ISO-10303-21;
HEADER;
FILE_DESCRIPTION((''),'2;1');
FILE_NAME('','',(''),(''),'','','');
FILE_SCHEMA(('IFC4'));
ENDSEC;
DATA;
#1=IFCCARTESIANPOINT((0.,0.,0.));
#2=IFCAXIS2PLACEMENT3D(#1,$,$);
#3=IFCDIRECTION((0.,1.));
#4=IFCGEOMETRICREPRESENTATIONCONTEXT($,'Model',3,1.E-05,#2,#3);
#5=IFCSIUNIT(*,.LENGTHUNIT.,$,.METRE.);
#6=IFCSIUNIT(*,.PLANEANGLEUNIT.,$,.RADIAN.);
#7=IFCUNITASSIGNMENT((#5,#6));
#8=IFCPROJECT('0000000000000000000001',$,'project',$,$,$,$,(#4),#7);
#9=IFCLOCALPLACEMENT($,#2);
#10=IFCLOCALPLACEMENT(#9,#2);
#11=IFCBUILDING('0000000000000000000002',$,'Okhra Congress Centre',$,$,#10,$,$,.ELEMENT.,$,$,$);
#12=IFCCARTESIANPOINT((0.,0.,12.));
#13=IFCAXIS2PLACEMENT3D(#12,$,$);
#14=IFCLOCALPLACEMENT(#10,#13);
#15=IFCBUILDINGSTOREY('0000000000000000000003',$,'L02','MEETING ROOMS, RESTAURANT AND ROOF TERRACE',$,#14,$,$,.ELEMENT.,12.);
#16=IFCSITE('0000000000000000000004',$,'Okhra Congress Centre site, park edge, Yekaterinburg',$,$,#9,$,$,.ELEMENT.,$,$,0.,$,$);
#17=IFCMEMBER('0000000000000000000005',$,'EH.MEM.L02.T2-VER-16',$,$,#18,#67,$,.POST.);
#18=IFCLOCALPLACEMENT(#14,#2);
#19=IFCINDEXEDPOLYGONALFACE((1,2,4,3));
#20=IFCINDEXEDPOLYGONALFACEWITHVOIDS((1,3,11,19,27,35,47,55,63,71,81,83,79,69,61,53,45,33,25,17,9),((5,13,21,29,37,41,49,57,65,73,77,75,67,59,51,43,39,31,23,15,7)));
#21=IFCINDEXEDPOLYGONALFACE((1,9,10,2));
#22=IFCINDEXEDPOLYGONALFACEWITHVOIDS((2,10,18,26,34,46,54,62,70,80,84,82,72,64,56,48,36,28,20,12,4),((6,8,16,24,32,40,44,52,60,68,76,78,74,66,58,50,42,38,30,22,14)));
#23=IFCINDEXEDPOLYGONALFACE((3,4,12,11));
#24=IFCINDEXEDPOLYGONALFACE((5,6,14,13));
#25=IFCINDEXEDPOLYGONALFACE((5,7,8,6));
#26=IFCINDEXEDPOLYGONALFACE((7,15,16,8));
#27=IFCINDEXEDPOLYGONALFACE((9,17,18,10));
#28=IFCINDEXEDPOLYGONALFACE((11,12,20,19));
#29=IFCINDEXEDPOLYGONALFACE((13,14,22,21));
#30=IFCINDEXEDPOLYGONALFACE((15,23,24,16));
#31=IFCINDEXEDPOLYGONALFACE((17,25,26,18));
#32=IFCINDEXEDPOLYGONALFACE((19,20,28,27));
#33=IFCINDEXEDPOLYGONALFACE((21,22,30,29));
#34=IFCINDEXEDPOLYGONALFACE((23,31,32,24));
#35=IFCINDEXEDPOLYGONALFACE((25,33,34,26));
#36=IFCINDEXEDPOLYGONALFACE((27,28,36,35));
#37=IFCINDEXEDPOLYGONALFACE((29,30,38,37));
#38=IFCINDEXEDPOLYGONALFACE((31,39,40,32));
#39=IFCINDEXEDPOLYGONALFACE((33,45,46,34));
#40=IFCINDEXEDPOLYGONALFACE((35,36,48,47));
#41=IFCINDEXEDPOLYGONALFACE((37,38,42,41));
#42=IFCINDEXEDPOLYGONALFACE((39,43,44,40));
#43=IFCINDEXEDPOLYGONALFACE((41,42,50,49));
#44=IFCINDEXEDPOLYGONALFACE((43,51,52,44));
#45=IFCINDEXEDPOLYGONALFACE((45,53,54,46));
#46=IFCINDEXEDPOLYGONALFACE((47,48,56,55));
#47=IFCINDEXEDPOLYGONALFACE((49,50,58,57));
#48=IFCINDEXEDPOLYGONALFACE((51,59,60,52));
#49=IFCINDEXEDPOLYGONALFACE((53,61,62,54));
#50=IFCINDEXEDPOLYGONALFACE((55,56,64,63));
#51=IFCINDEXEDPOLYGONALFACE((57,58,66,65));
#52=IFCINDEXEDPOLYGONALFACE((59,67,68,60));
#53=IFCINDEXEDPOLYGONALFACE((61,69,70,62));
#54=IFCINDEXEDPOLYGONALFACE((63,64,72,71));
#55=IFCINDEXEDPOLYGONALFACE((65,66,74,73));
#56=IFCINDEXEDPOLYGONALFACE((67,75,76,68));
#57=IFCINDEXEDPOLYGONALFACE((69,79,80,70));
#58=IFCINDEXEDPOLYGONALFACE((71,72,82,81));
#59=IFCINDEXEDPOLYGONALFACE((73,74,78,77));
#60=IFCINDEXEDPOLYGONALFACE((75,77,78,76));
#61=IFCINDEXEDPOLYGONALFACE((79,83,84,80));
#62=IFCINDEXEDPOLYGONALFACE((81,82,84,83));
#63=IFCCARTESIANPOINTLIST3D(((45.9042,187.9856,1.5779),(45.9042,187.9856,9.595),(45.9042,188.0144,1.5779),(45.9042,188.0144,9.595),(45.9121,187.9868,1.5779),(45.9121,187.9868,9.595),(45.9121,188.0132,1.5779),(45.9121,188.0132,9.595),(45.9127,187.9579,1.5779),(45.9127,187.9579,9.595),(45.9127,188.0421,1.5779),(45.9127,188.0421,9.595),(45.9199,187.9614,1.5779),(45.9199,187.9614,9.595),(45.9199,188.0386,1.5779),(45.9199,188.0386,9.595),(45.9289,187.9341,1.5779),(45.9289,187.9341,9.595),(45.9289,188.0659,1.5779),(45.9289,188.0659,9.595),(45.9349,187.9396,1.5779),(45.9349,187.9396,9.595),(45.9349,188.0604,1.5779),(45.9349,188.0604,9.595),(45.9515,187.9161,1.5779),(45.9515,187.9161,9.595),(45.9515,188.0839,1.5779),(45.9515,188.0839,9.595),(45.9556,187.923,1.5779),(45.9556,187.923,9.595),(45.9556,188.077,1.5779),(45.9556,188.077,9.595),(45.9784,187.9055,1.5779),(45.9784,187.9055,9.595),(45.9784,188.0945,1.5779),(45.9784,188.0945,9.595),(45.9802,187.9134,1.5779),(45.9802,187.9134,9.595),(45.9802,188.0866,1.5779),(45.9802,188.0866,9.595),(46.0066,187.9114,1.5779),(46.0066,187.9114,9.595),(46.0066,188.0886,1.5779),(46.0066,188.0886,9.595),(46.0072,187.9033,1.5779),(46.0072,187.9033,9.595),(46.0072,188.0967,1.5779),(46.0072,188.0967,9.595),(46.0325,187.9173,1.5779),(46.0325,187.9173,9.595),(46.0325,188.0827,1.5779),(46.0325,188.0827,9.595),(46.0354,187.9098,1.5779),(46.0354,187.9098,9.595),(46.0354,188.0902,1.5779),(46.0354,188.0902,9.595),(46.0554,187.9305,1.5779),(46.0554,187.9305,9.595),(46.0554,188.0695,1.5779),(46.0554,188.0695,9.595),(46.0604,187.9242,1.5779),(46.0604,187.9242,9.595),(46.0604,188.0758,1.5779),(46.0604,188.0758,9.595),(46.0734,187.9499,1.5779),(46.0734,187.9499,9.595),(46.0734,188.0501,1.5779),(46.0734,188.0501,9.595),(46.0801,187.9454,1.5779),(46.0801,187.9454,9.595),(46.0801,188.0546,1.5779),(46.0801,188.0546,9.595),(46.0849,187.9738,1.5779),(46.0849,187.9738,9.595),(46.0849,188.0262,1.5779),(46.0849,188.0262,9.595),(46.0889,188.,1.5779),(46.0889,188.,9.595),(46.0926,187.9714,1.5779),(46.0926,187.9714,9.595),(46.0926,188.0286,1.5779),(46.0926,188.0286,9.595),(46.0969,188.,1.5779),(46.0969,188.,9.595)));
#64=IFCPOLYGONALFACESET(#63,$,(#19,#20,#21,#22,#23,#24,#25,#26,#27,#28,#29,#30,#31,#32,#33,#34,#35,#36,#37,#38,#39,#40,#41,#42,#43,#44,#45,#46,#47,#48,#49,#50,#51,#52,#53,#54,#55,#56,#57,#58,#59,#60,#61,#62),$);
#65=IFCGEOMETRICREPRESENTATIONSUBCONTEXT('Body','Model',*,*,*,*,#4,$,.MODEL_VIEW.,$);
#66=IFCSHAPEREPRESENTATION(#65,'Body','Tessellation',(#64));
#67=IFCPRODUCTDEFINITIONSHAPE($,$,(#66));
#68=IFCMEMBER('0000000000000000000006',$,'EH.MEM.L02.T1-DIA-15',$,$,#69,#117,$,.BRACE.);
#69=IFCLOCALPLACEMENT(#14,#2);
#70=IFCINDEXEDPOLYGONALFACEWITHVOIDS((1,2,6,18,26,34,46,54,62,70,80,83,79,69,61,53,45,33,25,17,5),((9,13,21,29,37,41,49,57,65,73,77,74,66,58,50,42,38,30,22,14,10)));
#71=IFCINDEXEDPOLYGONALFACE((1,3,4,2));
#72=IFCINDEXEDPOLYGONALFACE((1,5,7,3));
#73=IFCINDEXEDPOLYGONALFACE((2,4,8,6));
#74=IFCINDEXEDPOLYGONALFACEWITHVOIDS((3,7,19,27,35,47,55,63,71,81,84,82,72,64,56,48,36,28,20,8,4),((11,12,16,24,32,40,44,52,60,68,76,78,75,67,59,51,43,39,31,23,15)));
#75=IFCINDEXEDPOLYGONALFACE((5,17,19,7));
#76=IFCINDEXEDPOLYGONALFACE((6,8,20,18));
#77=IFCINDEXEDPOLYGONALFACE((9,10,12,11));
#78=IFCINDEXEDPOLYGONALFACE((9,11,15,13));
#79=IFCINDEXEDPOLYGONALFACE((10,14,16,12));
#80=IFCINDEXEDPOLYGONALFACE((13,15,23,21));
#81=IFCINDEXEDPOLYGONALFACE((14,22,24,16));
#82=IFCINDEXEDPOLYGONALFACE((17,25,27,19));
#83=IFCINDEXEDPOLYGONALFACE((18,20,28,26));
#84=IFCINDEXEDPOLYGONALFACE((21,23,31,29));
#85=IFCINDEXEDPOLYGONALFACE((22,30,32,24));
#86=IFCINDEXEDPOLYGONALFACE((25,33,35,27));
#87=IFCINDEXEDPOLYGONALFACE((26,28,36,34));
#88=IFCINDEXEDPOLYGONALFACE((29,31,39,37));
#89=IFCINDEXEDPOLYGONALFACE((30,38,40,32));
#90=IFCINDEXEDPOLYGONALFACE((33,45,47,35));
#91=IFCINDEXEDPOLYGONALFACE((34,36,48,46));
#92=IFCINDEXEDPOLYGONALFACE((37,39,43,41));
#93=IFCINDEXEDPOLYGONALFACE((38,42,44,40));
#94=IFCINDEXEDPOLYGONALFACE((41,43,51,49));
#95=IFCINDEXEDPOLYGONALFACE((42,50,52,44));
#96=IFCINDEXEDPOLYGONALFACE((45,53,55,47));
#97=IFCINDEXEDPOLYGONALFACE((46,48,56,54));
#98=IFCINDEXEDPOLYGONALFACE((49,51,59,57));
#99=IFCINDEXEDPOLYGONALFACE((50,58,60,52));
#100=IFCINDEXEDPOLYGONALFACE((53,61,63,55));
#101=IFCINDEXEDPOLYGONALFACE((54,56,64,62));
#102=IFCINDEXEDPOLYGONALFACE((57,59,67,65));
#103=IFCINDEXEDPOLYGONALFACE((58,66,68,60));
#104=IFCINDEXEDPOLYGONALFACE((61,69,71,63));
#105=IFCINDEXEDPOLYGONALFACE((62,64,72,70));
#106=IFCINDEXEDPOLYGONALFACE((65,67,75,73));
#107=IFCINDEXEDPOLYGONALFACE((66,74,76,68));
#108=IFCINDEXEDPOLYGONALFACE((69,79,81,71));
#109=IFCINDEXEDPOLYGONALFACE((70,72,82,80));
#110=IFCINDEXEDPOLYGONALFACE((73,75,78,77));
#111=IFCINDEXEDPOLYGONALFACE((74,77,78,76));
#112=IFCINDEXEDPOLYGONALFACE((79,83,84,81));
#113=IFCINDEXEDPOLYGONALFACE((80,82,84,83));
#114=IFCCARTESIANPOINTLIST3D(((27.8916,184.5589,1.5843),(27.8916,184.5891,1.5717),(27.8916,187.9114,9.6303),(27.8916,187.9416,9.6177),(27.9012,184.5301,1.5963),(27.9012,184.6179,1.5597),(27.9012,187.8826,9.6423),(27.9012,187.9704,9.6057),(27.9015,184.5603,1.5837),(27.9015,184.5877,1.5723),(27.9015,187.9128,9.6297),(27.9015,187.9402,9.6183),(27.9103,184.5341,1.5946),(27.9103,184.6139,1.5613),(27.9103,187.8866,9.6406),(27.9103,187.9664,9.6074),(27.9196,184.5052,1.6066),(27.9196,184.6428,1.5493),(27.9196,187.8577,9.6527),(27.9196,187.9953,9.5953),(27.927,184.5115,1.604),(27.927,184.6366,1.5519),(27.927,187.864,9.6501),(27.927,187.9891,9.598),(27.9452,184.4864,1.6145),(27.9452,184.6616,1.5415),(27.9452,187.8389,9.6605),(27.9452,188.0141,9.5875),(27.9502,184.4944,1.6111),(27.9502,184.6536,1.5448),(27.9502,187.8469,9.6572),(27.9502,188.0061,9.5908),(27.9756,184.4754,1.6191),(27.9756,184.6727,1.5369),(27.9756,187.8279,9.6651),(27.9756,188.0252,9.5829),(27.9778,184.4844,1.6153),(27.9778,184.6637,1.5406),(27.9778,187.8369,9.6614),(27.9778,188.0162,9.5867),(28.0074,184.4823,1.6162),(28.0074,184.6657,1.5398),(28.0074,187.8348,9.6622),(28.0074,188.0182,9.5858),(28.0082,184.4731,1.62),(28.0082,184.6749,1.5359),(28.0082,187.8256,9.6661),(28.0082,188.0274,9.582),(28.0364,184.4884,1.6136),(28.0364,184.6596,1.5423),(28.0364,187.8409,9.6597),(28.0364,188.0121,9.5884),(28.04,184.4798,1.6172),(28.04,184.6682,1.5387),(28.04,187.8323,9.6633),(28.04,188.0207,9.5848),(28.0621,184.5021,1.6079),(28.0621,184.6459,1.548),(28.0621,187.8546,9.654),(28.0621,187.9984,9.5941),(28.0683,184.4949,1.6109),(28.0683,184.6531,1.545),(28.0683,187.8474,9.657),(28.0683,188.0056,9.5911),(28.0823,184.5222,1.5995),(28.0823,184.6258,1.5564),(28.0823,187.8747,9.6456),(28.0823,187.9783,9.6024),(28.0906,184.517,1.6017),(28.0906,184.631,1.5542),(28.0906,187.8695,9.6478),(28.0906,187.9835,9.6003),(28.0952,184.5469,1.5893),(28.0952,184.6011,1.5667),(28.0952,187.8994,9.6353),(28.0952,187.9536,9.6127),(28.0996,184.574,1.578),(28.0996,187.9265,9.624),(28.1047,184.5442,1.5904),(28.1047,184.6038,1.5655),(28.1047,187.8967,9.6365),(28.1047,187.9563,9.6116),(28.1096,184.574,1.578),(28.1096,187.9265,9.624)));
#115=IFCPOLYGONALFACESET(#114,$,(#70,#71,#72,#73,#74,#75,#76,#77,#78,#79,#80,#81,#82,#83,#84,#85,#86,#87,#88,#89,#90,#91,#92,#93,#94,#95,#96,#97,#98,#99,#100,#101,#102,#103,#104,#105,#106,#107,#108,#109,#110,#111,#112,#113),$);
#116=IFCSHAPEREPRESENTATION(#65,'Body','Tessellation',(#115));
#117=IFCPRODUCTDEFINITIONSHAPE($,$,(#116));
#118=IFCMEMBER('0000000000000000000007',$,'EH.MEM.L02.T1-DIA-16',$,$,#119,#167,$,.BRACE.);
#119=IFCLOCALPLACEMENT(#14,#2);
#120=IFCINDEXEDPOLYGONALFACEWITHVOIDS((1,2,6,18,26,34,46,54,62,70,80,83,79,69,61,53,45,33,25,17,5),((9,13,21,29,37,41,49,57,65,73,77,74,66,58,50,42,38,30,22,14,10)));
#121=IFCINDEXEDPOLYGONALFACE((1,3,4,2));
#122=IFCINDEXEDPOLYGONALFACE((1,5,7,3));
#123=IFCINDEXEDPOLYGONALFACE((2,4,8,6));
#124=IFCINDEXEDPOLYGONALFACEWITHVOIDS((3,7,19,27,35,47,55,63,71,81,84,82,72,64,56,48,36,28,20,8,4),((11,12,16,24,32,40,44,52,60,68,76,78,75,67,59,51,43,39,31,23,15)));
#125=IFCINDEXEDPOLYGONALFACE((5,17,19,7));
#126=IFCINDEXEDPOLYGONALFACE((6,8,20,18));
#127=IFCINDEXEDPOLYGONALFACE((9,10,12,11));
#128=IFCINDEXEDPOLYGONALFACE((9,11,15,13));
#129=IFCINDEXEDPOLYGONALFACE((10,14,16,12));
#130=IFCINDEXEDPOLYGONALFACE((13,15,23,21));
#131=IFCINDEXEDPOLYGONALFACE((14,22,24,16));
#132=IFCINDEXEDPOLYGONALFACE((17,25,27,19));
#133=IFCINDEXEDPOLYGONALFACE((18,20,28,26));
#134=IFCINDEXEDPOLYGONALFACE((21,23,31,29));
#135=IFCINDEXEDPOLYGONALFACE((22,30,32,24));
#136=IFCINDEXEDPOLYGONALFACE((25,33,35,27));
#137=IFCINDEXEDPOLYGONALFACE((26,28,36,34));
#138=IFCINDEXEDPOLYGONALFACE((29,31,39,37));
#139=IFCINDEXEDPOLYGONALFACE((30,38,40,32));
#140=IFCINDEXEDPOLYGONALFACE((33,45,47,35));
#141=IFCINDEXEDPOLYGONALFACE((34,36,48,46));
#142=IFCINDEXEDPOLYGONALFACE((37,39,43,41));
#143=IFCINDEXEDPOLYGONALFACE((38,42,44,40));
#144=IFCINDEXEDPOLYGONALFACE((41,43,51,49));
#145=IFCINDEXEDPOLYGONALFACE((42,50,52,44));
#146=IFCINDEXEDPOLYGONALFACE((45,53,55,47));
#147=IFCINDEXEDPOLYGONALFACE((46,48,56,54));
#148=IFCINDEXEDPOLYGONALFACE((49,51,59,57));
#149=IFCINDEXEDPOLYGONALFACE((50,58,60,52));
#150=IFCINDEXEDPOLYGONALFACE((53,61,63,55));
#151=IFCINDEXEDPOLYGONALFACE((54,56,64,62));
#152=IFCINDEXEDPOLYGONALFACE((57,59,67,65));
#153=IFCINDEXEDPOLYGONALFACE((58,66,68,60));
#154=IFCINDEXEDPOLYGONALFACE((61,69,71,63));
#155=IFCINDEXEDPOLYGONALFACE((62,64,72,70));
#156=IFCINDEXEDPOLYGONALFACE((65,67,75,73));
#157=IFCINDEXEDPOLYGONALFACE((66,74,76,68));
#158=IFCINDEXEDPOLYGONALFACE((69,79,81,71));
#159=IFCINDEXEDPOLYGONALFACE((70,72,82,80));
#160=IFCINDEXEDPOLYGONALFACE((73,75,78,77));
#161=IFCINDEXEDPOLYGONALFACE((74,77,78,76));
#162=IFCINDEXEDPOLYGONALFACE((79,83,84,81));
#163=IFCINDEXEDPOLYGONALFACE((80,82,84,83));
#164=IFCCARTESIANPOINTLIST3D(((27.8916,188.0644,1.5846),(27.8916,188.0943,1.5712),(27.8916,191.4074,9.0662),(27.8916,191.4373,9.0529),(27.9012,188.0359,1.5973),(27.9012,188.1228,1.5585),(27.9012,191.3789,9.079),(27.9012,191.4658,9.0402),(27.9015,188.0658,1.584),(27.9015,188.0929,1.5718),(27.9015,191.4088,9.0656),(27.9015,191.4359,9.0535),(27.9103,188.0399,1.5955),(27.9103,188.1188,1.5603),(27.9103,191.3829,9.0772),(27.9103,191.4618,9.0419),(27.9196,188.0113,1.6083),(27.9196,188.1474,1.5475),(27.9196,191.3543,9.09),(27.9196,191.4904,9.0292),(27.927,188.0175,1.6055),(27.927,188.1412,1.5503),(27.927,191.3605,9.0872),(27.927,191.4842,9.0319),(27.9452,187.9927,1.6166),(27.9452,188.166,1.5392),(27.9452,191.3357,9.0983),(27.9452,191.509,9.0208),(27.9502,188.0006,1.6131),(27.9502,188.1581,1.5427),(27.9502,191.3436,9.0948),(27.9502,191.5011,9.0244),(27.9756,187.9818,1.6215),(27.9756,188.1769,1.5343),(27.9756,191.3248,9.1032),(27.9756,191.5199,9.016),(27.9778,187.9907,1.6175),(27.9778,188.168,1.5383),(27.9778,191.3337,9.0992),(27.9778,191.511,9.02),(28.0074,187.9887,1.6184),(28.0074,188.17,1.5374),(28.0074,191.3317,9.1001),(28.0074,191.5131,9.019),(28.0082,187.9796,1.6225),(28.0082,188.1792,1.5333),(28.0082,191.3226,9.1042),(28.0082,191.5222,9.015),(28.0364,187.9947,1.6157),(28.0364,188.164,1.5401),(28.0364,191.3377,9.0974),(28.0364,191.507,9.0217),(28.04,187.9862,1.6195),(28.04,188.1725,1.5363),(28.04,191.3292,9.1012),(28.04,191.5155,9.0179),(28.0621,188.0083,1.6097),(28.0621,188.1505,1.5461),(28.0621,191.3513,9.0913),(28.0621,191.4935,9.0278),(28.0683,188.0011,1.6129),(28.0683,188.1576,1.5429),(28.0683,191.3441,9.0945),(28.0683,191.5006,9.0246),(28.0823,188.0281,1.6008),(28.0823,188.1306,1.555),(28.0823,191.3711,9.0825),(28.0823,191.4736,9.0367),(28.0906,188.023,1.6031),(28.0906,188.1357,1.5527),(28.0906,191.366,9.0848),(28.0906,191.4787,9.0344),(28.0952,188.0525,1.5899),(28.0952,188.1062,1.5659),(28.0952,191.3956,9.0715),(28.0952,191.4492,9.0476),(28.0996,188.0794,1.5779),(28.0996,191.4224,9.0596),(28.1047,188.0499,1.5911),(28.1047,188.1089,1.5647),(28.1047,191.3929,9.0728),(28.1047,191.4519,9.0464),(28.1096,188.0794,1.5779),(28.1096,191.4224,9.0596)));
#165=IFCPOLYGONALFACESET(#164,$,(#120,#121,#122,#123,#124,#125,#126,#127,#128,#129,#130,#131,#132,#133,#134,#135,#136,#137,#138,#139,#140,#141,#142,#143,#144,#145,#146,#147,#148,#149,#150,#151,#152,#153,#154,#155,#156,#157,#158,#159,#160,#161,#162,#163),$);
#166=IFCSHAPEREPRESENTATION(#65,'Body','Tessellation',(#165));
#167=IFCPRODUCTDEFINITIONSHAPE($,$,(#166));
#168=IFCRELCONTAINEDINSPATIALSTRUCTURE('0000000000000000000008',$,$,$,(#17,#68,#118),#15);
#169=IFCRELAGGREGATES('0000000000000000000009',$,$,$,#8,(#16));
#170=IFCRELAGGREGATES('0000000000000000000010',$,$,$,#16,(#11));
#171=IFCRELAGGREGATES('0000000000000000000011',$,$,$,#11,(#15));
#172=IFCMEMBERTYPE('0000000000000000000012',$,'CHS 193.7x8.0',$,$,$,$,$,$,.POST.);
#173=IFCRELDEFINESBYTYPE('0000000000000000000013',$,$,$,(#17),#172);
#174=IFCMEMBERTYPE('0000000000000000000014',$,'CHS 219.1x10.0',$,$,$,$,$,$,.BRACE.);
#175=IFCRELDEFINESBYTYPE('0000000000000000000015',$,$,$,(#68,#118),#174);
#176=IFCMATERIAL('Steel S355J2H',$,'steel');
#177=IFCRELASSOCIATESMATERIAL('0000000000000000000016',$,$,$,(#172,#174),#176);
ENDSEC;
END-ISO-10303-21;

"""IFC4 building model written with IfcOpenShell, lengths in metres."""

from ifc_helpers import new_model, si_unit, direction, frame, origin, origin_2d, place, context, subcontext, project, spatial, hollow_circle, extrude, material, material_profile, profile_set, type_object, element, save


model = new_model("IFC4")

# Units and contexts
model_context = context("Model", 3, precision=1e-05, world=origin(), true_north=direction((0.0, 1.0)))
body_context = subcontext(model_context, "Body", "Model", "MODEL_VIEW")
ifc_project = project(units=[si_unit("LENGTHUNIT", "METRE"), si_unit("PLANEANGLEUNIT", "RADIAN")], contexts=[model_context])

# Site, building, storey
site_placement = place(None, origin())
site = spatial("IfcSite", under=ifc_project, at=site_placement, Name="Okhra Congress Centre site, park edge, Yekaterinburg", CompositionType="ELEMENT", RefElevation=0.0)
building_placement = place(site_placement, origin())
building = spatial("IfcBuilding", under=site, at=building_placement, Name="Okhra Congress Centre", CompositionType="ELEMENT")
storey_placement = place(building_placement, frame((0.0, 0.0, 12.0)))
storey = spatial("IfcBuildingStorey", under=building, at=storey_placement, Name="L02", Description="MEETING ROOMS, RESTAURANT AND ROOF TERRACE", CompositionType="ELEMENT", Elevation=12.0)

# Members
ifc_material_1 = material(Name="Steel S355J2H", Category="steel")
ifc_material_profile_1 = material_profile(ifc_material_1, hollow_circle(Radius=0.0969, WallThickness=0.0081, at=origin_2d()), Name="CHS 193.7x8.0")
ifc_profile_set_1 = profile_set([ifc_material_profile_1], Name="Steel S355J2H")
member_type_1 = type_object("IfcMemberType", Name="CHS 193.7x8.0", PredefinedType="POST", material=ifc_profile_set_1)
member_1_placement = place(storey_placement, frame((46.0, 188.0, 1.5779), z_axis=(0.0, 0.0, 1.0), x_axis=(1.0, 0.0, 0.0)))
element("IfcMember", 1, at=member_1_placement, inside=storey, type_object=member_type_1, Name="EH.MEM.L02.T2-VER-16", PredefinedType="POST", context=body_context, shape_type="SweptSolid", body=[
    extrude(hollow_circle(Radius=0.0969, WallThickness=0.0081, at=origin_2d()), origin(), (0.0, 0.0, 1.0), 8.0171),
])
ifc_material_profile_2 = material_profile(ifc_material_1, hollow_circle(Radius=0.1096, WallThickness=0.01, at=origin_2d()), Name="CHS 219.1x10.0")
ifc_profile_set_2 = profile_set([ifc_material_profile_2], Name="Steel S355J2H")
member_type_2 = type_object("IfcMemberType", Name="CHS 219.1x10.0", PredefinedType="BRACE", material=ifc_profile_set_2)
member_2_placement = place(storey_placement, frame((28.0, 187.9265, 9.624), z_axis=(0.0, -0.384613, -0.923078), x_axis=(1.0, 0.0, 0.0)))
element("IfcMember", 2, at=member_2_placement, inside=storey, type_object=member_type_2, Name="EH.MEM.L02.T1-DIA-15", PredefinedType="BRACE", context=body_context, shape_type="SweptSolid", body=[
    extrude(hollow_circle(Radius=0.1096, WallThickness=0.01, at=origin_2d()), origin(), (0.0, 0.0, 1.0), 8.7166),
])
member_3_placement = place(storey_placement, frame((28.0, 191.4224, 9.0596), z_axis=(0.0, -0.407954, -0.913003), x_axis=(1.0, 0.0, 0.0)))
element("IfcMember", 3, at=member_3_placement, inside=storey, type_object=member_type_2, Name="EH.MEM.L02.T1-DIA-16", PredefinedType="BRACE", context=body_context, shape_type="SweptSolid", body=[
    extrude(hollow_circle(Radius=0.1096, WallThickness=0.01, at=origin_2d()), origin(), (0.0, 0.0, 1.0), 8.1946),
])

save(model, "model.ifc")
